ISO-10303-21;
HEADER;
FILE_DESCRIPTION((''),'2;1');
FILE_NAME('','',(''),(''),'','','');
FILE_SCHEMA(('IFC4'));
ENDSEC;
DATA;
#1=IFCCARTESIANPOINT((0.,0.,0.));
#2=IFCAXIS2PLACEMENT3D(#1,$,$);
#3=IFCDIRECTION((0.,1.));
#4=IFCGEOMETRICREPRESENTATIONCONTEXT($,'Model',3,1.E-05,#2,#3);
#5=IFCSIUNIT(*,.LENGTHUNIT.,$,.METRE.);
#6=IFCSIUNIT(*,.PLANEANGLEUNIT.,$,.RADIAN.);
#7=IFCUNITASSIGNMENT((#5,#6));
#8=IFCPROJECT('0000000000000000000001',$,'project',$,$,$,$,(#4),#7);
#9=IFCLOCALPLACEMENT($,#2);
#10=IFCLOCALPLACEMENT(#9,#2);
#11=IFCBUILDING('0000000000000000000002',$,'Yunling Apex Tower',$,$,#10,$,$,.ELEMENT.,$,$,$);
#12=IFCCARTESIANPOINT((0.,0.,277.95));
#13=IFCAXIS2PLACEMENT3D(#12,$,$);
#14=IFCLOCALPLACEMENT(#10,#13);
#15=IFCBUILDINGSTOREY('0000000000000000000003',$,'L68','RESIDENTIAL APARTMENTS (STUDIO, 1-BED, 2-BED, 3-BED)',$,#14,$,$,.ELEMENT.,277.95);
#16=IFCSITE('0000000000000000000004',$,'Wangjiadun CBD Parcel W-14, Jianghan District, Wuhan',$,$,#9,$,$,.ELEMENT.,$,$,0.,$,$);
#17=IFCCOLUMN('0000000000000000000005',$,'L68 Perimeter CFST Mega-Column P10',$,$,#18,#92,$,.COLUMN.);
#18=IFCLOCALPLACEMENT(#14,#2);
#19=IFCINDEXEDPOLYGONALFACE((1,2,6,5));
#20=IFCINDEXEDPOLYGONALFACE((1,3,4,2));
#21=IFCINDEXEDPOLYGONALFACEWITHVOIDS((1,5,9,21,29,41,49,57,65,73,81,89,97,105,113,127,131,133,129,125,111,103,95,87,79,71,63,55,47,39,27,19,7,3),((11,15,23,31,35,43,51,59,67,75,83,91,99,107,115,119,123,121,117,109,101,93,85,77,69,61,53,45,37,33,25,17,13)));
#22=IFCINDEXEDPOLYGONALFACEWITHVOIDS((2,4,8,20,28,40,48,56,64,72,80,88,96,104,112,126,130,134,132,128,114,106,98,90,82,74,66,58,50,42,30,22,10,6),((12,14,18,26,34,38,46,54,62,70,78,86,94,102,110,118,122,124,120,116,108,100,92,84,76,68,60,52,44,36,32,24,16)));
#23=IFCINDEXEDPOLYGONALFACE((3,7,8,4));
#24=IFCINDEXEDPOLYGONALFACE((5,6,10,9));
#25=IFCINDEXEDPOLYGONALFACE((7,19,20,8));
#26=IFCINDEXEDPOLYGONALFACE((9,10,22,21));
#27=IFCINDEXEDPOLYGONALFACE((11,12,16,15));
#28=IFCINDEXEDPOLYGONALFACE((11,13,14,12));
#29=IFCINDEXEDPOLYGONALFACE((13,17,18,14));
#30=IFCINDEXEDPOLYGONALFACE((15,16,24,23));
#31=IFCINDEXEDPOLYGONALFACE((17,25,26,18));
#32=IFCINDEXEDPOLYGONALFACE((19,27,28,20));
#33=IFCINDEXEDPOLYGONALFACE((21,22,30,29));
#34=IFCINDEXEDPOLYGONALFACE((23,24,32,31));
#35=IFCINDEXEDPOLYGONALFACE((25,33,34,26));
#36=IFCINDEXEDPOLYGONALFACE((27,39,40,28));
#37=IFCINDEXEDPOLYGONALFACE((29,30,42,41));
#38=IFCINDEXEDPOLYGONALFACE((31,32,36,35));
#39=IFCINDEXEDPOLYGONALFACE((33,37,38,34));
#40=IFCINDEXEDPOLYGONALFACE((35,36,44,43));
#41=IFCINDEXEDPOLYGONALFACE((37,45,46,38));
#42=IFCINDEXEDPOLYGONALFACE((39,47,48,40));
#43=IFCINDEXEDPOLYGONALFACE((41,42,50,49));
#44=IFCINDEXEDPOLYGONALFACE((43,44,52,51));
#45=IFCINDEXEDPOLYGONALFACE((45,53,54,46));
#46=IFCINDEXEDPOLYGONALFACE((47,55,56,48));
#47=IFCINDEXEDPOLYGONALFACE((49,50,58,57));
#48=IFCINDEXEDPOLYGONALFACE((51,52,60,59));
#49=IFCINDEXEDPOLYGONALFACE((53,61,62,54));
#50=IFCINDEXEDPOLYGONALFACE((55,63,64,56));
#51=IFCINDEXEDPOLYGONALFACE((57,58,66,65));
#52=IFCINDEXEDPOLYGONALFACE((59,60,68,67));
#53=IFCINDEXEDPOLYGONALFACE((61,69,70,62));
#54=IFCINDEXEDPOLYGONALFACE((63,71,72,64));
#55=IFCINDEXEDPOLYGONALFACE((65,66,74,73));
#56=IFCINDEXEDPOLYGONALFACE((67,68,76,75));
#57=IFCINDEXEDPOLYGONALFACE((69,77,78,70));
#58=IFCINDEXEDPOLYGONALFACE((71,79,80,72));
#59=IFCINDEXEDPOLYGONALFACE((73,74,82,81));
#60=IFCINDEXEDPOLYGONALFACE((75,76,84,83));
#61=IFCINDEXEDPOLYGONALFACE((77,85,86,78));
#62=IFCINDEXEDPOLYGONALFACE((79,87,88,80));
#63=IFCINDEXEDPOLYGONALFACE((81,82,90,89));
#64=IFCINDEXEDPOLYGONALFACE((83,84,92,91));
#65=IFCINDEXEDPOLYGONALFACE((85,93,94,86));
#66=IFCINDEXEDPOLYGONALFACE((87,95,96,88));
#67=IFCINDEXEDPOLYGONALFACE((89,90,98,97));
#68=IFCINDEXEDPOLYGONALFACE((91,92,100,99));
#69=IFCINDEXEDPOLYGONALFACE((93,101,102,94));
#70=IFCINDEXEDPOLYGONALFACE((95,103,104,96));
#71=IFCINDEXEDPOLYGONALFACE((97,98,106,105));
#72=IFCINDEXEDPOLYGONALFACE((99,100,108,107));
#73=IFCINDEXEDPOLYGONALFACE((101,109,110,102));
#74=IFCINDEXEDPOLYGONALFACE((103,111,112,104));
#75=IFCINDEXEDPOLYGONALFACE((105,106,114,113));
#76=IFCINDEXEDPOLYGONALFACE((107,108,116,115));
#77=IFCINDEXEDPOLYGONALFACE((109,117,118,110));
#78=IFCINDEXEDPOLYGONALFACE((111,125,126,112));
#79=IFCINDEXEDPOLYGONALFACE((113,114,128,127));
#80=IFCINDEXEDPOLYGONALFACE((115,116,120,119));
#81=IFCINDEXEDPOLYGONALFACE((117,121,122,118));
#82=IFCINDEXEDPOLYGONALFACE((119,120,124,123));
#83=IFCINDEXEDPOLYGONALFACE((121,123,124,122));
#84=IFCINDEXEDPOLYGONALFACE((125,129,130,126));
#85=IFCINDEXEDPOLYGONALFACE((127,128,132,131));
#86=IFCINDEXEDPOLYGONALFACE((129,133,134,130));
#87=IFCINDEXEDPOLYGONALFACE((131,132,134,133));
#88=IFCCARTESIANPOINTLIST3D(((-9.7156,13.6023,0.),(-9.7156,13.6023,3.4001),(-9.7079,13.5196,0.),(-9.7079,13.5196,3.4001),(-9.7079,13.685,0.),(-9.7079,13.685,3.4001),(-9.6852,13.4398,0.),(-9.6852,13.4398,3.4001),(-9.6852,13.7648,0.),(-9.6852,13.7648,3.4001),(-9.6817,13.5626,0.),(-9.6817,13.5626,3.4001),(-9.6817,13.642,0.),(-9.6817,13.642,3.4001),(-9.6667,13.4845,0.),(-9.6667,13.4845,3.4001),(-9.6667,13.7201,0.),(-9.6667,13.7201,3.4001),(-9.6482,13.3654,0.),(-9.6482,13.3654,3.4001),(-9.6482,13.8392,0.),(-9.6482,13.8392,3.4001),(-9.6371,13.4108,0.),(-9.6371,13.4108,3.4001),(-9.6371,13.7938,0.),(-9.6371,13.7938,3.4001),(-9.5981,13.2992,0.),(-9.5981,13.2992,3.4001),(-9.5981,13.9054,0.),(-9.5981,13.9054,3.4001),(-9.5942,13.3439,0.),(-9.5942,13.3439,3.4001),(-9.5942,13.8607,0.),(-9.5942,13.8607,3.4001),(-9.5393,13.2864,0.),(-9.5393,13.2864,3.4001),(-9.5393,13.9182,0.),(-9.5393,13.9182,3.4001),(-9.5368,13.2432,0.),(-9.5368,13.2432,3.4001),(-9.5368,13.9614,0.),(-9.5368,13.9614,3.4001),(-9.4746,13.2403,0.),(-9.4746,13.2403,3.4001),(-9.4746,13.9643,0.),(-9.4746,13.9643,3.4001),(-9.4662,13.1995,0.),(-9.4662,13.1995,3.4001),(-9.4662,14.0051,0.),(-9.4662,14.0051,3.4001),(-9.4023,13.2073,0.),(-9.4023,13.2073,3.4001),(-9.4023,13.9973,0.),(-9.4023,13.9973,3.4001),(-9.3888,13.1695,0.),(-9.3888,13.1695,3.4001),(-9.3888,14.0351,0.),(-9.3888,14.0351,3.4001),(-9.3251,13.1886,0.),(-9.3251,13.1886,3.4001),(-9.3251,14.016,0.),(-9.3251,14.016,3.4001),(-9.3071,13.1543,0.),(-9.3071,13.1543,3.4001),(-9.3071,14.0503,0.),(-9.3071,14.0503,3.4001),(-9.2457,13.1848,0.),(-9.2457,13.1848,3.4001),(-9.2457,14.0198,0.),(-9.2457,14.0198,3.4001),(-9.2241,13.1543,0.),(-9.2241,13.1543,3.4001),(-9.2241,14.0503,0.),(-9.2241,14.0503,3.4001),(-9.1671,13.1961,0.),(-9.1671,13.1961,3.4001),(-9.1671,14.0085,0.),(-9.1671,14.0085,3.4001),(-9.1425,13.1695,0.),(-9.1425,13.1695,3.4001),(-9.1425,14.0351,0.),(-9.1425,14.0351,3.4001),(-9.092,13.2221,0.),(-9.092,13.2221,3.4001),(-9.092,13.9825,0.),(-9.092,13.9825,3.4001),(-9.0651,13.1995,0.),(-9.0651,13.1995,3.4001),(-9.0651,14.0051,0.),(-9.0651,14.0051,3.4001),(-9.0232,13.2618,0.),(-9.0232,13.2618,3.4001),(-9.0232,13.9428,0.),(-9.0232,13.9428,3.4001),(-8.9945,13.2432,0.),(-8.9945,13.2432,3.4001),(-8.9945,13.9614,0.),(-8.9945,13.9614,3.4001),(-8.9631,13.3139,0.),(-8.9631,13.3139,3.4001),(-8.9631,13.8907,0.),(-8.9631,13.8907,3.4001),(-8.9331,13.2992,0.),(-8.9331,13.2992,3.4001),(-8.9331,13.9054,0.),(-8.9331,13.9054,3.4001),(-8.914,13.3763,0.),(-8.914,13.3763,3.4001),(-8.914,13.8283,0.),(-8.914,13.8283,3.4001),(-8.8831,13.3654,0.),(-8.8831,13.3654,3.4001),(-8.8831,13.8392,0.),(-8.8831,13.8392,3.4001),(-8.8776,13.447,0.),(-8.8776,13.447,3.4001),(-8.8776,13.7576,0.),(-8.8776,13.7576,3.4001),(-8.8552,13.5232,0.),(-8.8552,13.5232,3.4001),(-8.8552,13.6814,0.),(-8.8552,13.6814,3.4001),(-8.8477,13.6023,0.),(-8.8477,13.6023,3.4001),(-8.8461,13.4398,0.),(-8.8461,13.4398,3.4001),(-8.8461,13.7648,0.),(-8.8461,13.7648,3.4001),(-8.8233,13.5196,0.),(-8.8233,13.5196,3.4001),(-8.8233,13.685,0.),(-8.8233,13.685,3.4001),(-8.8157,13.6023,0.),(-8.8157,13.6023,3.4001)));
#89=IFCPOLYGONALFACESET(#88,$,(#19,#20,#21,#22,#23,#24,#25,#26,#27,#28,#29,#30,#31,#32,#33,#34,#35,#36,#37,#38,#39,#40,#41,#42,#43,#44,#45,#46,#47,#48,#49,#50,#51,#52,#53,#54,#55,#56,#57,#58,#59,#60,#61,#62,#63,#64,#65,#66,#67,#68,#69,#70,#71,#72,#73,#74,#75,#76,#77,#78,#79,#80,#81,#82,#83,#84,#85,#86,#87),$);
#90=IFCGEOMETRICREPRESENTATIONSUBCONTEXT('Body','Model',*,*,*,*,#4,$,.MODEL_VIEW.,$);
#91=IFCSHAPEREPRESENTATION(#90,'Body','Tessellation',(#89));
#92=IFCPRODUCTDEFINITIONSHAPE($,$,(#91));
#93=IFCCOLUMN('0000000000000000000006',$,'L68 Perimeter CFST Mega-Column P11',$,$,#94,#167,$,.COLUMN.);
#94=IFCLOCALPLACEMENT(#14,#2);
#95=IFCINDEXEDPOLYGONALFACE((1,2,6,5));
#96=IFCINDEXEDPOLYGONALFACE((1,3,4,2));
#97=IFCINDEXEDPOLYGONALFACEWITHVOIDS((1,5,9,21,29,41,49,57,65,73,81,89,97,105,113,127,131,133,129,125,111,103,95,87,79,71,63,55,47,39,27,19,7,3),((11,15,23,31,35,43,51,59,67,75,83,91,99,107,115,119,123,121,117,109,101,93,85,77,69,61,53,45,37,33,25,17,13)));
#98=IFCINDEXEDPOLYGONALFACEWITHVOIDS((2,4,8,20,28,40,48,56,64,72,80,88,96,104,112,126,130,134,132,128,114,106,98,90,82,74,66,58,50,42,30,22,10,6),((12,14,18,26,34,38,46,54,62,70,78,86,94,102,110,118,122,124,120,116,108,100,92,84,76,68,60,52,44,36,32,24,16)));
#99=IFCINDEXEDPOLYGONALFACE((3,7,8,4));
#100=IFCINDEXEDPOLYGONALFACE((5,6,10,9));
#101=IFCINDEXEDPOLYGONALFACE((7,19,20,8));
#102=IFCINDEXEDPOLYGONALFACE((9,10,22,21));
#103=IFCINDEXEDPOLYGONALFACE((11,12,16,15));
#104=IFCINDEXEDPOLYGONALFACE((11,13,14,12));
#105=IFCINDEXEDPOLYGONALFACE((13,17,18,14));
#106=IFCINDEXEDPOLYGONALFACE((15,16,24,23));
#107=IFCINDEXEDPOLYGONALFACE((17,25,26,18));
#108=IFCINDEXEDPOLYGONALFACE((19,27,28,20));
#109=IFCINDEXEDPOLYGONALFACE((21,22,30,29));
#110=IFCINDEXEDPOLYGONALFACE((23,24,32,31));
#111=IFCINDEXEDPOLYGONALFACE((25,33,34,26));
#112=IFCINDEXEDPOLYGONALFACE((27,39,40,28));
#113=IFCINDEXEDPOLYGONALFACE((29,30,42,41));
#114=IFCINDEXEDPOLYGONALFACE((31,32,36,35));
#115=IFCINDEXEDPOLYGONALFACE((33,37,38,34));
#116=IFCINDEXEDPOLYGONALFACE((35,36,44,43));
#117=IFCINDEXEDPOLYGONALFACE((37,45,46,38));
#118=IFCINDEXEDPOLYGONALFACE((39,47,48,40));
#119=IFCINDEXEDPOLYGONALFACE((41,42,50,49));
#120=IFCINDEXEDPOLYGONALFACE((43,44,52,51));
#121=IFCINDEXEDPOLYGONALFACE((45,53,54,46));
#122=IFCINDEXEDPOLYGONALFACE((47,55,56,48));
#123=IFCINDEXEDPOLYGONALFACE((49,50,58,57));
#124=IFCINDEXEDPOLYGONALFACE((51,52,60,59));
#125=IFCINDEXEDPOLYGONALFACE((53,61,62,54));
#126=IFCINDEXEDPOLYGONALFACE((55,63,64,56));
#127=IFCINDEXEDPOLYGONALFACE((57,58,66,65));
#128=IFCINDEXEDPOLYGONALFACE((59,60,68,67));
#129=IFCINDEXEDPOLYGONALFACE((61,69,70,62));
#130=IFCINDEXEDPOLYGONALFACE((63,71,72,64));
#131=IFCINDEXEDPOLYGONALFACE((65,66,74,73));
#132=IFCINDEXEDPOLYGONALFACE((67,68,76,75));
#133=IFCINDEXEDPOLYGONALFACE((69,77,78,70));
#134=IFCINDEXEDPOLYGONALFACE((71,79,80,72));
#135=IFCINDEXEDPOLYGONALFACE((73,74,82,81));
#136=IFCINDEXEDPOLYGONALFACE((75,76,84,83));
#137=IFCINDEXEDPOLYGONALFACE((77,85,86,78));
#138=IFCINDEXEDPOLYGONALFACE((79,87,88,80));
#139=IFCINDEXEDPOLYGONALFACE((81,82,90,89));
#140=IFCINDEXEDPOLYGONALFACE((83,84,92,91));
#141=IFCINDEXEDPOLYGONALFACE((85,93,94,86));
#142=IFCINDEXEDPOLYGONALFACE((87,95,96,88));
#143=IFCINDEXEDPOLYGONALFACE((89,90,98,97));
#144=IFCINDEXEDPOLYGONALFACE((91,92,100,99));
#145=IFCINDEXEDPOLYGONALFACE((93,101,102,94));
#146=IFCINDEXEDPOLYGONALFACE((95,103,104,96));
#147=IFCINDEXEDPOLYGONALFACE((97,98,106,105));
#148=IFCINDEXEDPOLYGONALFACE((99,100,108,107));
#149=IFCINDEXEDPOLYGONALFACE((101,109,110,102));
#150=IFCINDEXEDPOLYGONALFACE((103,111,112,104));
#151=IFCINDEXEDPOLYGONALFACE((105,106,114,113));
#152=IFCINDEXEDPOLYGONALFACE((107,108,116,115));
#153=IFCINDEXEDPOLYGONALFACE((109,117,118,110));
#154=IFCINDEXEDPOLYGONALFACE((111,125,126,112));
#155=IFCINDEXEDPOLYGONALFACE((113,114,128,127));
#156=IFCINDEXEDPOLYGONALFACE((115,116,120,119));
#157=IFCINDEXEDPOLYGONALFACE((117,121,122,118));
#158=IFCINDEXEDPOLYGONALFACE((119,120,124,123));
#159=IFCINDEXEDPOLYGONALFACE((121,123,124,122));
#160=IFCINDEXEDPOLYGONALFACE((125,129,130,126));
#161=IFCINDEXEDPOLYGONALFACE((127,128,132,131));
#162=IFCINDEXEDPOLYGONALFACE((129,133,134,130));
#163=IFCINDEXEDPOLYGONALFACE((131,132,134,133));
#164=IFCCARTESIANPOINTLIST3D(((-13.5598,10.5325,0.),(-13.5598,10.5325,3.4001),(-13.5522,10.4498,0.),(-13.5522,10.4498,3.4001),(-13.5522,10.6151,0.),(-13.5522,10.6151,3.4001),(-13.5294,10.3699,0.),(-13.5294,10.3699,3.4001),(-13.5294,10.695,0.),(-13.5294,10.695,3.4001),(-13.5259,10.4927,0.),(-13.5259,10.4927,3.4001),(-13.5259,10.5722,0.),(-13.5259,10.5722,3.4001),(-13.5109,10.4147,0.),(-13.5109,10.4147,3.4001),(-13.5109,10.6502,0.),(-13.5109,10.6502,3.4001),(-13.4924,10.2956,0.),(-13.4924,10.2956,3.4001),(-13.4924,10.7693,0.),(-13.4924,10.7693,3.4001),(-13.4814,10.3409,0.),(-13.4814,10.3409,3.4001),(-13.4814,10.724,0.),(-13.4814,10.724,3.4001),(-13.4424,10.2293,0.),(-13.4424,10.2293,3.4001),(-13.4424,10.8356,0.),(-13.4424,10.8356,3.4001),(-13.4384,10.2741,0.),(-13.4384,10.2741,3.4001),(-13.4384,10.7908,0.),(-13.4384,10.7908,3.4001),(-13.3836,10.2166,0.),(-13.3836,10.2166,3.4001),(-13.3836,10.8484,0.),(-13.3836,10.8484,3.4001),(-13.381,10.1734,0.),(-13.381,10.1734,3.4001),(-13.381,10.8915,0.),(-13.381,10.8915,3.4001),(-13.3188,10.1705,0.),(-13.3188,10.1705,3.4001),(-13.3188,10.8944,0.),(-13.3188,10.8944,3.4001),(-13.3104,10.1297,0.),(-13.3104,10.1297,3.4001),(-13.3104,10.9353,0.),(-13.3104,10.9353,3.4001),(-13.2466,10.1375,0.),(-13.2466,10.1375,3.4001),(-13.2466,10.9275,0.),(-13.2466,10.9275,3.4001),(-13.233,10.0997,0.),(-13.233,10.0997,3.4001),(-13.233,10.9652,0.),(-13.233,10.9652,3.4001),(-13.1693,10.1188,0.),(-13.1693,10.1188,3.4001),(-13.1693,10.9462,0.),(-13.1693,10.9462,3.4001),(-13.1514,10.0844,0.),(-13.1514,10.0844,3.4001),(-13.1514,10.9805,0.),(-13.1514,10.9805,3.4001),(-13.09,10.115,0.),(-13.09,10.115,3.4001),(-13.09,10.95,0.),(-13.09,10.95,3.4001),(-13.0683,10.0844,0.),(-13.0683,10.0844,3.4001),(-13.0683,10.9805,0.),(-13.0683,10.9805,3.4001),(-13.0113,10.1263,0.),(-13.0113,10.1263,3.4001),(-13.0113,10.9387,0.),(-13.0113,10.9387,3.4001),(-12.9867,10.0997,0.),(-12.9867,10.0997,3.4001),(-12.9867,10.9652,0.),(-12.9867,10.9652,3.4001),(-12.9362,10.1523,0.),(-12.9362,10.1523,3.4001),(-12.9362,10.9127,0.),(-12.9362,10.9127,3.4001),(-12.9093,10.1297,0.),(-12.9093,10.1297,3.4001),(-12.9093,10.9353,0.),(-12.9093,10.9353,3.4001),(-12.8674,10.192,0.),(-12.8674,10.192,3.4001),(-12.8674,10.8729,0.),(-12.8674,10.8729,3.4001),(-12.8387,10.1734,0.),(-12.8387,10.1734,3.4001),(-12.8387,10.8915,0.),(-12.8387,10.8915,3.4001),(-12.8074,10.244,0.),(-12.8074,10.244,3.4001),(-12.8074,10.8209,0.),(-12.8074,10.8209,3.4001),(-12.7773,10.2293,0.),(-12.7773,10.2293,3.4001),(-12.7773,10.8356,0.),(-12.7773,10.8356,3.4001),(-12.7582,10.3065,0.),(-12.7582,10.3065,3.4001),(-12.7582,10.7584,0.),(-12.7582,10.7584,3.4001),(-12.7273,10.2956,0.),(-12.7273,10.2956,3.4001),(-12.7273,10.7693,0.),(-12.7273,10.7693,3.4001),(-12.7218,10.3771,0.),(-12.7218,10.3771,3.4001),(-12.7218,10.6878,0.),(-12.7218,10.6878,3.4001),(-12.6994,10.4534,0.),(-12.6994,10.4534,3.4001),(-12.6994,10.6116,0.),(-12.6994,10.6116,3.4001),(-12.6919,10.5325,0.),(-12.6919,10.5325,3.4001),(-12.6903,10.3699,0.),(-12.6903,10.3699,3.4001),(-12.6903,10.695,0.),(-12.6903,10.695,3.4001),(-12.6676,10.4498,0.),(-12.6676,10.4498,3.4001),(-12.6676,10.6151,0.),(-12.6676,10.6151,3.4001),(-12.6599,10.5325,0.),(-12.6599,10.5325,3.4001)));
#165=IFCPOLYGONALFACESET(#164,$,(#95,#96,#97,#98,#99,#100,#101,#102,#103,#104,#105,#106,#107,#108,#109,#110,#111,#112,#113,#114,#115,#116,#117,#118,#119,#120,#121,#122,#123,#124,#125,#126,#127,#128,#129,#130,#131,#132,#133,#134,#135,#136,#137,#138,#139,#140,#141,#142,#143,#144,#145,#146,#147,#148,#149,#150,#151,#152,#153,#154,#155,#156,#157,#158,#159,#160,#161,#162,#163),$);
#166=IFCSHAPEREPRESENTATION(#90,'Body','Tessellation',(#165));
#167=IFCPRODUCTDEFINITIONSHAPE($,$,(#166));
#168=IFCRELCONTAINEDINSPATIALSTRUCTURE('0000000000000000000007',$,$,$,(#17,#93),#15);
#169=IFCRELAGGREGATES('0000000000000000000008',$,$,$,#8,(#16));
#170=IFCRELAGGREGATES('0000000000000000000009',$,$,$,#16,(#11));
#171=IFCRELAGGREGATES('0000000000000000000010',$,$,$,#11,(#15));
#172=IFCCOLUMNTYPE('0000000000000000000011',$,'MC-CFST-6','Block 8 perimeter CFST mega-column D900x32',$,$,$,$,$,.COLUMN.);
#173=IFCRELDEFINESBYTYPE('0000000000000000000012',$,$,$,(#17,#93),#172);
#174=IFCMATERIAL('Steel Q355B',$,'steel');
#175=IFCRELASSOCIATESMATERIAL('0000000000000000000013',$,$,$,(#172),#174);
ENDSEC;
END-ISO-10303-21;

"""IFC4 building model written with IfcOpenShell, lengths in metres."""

from ifc_helpers import new_model, si_unit, direction, frame, origin, origin_2d, place, context, subcontext, project, spatial, hollow_circle, extrude, source, transform, mapped, material, material_profile, profile_set, type_object, element, save


model = new_model("IFC4")

# Units and contexts
model_context = context("Model", 3, precision=1e-05, world=origin(), true_north=direction((0.0, 1.0)))
body_context = subcontext(model_context, "Body", "Model", "MODEL_VIEW")
ifc_project = project(units=[si_unit("LENGTHUNIT", "METRE"), si_unit("PLANEANGLEUNIT", "RADIAN")], contexts=[model_context])

# Site, building, storey
site_placement = place(None, origin())
site = spatial("IfcSite", under=ifc_project, at=site_placement, Name="Wangjiadun CBD Parcel W-14, Jianghan District, Wuhan", CompositionType="ELEMENT", RefElevation=0.0)
building_placement = place(site_placement, origin())
building = spatial("IfcBuilding", under=site, at=building_placement, Name="Yunling Apex Tower", CompositionType="ELEMENT")
storey_placement = place(building_placement, frame((0.0, 0.0, 277.95)))
storey = spatial("IfcBuildingStorey", under=building, at=storey_placement, Name="L68", Description="RESIDENTIAL APARTMENTS (STUDIO, 1-BED, 2-BED, 3-BED)", CompositionType="ELEMENT", Elevation=277.95)

# Columns
ifc_material_1 = material(Name="Steel Q355B", Category="steel")
ifc_material_profile_1 = material_profile(ifc_material_1, hollow_circle(Radius=0.45, WallThickness=0.032, at=origin_2d()))
ifc_profile_set_1 = profile_set([ifc_material_profile_1], Name="Steel Q355B")
column_type = type_object("IfcColumnType", Name="MC-CFST-6", Description="Block 8 perimeter CFST mega-column D900x32", PredefinedType="COLUMN", material=ifc_profile_set_1)
shared_shape_1 = source(origin(), body_context, "Body", "SweptSolid", [
    extrude(hollow_circle(Radius=0.45, WallThickness=0.032, at=origin_2d()), origin(), (0.0, 0.0, 1.0), 3.4001),
])
for number, where, z_axis, x_axis, name in (
    (1, (-9.2656, 13.6023, 0.0), (0.0, 0.0, 1.0), (1.0, 0.0, 0.0), "L68 Perimeter CFST Mega-Column P10"),
    (2, (-13.1099, 10.5325, 0.0), (0.0, 0.0, 1.0), (1.0, 0.0, 0.0), "L68 Perimeter CFST Mega-Column P11"),
):
    element("IfcColumn", number, at=place(storey_placement, frame(where, z_axis=z_axis, x_axis=x_axis)), inside=storey, type_object=column_type, Name=name, PredefinedType="COLUMN", context=body_context, shape_type="MappedRepresentation", body=[
        mapped(shared_shape_1, transform((0.0, 0.0, 0.0), scale=1.0)),
    ])

save(model, "model.ifc")
